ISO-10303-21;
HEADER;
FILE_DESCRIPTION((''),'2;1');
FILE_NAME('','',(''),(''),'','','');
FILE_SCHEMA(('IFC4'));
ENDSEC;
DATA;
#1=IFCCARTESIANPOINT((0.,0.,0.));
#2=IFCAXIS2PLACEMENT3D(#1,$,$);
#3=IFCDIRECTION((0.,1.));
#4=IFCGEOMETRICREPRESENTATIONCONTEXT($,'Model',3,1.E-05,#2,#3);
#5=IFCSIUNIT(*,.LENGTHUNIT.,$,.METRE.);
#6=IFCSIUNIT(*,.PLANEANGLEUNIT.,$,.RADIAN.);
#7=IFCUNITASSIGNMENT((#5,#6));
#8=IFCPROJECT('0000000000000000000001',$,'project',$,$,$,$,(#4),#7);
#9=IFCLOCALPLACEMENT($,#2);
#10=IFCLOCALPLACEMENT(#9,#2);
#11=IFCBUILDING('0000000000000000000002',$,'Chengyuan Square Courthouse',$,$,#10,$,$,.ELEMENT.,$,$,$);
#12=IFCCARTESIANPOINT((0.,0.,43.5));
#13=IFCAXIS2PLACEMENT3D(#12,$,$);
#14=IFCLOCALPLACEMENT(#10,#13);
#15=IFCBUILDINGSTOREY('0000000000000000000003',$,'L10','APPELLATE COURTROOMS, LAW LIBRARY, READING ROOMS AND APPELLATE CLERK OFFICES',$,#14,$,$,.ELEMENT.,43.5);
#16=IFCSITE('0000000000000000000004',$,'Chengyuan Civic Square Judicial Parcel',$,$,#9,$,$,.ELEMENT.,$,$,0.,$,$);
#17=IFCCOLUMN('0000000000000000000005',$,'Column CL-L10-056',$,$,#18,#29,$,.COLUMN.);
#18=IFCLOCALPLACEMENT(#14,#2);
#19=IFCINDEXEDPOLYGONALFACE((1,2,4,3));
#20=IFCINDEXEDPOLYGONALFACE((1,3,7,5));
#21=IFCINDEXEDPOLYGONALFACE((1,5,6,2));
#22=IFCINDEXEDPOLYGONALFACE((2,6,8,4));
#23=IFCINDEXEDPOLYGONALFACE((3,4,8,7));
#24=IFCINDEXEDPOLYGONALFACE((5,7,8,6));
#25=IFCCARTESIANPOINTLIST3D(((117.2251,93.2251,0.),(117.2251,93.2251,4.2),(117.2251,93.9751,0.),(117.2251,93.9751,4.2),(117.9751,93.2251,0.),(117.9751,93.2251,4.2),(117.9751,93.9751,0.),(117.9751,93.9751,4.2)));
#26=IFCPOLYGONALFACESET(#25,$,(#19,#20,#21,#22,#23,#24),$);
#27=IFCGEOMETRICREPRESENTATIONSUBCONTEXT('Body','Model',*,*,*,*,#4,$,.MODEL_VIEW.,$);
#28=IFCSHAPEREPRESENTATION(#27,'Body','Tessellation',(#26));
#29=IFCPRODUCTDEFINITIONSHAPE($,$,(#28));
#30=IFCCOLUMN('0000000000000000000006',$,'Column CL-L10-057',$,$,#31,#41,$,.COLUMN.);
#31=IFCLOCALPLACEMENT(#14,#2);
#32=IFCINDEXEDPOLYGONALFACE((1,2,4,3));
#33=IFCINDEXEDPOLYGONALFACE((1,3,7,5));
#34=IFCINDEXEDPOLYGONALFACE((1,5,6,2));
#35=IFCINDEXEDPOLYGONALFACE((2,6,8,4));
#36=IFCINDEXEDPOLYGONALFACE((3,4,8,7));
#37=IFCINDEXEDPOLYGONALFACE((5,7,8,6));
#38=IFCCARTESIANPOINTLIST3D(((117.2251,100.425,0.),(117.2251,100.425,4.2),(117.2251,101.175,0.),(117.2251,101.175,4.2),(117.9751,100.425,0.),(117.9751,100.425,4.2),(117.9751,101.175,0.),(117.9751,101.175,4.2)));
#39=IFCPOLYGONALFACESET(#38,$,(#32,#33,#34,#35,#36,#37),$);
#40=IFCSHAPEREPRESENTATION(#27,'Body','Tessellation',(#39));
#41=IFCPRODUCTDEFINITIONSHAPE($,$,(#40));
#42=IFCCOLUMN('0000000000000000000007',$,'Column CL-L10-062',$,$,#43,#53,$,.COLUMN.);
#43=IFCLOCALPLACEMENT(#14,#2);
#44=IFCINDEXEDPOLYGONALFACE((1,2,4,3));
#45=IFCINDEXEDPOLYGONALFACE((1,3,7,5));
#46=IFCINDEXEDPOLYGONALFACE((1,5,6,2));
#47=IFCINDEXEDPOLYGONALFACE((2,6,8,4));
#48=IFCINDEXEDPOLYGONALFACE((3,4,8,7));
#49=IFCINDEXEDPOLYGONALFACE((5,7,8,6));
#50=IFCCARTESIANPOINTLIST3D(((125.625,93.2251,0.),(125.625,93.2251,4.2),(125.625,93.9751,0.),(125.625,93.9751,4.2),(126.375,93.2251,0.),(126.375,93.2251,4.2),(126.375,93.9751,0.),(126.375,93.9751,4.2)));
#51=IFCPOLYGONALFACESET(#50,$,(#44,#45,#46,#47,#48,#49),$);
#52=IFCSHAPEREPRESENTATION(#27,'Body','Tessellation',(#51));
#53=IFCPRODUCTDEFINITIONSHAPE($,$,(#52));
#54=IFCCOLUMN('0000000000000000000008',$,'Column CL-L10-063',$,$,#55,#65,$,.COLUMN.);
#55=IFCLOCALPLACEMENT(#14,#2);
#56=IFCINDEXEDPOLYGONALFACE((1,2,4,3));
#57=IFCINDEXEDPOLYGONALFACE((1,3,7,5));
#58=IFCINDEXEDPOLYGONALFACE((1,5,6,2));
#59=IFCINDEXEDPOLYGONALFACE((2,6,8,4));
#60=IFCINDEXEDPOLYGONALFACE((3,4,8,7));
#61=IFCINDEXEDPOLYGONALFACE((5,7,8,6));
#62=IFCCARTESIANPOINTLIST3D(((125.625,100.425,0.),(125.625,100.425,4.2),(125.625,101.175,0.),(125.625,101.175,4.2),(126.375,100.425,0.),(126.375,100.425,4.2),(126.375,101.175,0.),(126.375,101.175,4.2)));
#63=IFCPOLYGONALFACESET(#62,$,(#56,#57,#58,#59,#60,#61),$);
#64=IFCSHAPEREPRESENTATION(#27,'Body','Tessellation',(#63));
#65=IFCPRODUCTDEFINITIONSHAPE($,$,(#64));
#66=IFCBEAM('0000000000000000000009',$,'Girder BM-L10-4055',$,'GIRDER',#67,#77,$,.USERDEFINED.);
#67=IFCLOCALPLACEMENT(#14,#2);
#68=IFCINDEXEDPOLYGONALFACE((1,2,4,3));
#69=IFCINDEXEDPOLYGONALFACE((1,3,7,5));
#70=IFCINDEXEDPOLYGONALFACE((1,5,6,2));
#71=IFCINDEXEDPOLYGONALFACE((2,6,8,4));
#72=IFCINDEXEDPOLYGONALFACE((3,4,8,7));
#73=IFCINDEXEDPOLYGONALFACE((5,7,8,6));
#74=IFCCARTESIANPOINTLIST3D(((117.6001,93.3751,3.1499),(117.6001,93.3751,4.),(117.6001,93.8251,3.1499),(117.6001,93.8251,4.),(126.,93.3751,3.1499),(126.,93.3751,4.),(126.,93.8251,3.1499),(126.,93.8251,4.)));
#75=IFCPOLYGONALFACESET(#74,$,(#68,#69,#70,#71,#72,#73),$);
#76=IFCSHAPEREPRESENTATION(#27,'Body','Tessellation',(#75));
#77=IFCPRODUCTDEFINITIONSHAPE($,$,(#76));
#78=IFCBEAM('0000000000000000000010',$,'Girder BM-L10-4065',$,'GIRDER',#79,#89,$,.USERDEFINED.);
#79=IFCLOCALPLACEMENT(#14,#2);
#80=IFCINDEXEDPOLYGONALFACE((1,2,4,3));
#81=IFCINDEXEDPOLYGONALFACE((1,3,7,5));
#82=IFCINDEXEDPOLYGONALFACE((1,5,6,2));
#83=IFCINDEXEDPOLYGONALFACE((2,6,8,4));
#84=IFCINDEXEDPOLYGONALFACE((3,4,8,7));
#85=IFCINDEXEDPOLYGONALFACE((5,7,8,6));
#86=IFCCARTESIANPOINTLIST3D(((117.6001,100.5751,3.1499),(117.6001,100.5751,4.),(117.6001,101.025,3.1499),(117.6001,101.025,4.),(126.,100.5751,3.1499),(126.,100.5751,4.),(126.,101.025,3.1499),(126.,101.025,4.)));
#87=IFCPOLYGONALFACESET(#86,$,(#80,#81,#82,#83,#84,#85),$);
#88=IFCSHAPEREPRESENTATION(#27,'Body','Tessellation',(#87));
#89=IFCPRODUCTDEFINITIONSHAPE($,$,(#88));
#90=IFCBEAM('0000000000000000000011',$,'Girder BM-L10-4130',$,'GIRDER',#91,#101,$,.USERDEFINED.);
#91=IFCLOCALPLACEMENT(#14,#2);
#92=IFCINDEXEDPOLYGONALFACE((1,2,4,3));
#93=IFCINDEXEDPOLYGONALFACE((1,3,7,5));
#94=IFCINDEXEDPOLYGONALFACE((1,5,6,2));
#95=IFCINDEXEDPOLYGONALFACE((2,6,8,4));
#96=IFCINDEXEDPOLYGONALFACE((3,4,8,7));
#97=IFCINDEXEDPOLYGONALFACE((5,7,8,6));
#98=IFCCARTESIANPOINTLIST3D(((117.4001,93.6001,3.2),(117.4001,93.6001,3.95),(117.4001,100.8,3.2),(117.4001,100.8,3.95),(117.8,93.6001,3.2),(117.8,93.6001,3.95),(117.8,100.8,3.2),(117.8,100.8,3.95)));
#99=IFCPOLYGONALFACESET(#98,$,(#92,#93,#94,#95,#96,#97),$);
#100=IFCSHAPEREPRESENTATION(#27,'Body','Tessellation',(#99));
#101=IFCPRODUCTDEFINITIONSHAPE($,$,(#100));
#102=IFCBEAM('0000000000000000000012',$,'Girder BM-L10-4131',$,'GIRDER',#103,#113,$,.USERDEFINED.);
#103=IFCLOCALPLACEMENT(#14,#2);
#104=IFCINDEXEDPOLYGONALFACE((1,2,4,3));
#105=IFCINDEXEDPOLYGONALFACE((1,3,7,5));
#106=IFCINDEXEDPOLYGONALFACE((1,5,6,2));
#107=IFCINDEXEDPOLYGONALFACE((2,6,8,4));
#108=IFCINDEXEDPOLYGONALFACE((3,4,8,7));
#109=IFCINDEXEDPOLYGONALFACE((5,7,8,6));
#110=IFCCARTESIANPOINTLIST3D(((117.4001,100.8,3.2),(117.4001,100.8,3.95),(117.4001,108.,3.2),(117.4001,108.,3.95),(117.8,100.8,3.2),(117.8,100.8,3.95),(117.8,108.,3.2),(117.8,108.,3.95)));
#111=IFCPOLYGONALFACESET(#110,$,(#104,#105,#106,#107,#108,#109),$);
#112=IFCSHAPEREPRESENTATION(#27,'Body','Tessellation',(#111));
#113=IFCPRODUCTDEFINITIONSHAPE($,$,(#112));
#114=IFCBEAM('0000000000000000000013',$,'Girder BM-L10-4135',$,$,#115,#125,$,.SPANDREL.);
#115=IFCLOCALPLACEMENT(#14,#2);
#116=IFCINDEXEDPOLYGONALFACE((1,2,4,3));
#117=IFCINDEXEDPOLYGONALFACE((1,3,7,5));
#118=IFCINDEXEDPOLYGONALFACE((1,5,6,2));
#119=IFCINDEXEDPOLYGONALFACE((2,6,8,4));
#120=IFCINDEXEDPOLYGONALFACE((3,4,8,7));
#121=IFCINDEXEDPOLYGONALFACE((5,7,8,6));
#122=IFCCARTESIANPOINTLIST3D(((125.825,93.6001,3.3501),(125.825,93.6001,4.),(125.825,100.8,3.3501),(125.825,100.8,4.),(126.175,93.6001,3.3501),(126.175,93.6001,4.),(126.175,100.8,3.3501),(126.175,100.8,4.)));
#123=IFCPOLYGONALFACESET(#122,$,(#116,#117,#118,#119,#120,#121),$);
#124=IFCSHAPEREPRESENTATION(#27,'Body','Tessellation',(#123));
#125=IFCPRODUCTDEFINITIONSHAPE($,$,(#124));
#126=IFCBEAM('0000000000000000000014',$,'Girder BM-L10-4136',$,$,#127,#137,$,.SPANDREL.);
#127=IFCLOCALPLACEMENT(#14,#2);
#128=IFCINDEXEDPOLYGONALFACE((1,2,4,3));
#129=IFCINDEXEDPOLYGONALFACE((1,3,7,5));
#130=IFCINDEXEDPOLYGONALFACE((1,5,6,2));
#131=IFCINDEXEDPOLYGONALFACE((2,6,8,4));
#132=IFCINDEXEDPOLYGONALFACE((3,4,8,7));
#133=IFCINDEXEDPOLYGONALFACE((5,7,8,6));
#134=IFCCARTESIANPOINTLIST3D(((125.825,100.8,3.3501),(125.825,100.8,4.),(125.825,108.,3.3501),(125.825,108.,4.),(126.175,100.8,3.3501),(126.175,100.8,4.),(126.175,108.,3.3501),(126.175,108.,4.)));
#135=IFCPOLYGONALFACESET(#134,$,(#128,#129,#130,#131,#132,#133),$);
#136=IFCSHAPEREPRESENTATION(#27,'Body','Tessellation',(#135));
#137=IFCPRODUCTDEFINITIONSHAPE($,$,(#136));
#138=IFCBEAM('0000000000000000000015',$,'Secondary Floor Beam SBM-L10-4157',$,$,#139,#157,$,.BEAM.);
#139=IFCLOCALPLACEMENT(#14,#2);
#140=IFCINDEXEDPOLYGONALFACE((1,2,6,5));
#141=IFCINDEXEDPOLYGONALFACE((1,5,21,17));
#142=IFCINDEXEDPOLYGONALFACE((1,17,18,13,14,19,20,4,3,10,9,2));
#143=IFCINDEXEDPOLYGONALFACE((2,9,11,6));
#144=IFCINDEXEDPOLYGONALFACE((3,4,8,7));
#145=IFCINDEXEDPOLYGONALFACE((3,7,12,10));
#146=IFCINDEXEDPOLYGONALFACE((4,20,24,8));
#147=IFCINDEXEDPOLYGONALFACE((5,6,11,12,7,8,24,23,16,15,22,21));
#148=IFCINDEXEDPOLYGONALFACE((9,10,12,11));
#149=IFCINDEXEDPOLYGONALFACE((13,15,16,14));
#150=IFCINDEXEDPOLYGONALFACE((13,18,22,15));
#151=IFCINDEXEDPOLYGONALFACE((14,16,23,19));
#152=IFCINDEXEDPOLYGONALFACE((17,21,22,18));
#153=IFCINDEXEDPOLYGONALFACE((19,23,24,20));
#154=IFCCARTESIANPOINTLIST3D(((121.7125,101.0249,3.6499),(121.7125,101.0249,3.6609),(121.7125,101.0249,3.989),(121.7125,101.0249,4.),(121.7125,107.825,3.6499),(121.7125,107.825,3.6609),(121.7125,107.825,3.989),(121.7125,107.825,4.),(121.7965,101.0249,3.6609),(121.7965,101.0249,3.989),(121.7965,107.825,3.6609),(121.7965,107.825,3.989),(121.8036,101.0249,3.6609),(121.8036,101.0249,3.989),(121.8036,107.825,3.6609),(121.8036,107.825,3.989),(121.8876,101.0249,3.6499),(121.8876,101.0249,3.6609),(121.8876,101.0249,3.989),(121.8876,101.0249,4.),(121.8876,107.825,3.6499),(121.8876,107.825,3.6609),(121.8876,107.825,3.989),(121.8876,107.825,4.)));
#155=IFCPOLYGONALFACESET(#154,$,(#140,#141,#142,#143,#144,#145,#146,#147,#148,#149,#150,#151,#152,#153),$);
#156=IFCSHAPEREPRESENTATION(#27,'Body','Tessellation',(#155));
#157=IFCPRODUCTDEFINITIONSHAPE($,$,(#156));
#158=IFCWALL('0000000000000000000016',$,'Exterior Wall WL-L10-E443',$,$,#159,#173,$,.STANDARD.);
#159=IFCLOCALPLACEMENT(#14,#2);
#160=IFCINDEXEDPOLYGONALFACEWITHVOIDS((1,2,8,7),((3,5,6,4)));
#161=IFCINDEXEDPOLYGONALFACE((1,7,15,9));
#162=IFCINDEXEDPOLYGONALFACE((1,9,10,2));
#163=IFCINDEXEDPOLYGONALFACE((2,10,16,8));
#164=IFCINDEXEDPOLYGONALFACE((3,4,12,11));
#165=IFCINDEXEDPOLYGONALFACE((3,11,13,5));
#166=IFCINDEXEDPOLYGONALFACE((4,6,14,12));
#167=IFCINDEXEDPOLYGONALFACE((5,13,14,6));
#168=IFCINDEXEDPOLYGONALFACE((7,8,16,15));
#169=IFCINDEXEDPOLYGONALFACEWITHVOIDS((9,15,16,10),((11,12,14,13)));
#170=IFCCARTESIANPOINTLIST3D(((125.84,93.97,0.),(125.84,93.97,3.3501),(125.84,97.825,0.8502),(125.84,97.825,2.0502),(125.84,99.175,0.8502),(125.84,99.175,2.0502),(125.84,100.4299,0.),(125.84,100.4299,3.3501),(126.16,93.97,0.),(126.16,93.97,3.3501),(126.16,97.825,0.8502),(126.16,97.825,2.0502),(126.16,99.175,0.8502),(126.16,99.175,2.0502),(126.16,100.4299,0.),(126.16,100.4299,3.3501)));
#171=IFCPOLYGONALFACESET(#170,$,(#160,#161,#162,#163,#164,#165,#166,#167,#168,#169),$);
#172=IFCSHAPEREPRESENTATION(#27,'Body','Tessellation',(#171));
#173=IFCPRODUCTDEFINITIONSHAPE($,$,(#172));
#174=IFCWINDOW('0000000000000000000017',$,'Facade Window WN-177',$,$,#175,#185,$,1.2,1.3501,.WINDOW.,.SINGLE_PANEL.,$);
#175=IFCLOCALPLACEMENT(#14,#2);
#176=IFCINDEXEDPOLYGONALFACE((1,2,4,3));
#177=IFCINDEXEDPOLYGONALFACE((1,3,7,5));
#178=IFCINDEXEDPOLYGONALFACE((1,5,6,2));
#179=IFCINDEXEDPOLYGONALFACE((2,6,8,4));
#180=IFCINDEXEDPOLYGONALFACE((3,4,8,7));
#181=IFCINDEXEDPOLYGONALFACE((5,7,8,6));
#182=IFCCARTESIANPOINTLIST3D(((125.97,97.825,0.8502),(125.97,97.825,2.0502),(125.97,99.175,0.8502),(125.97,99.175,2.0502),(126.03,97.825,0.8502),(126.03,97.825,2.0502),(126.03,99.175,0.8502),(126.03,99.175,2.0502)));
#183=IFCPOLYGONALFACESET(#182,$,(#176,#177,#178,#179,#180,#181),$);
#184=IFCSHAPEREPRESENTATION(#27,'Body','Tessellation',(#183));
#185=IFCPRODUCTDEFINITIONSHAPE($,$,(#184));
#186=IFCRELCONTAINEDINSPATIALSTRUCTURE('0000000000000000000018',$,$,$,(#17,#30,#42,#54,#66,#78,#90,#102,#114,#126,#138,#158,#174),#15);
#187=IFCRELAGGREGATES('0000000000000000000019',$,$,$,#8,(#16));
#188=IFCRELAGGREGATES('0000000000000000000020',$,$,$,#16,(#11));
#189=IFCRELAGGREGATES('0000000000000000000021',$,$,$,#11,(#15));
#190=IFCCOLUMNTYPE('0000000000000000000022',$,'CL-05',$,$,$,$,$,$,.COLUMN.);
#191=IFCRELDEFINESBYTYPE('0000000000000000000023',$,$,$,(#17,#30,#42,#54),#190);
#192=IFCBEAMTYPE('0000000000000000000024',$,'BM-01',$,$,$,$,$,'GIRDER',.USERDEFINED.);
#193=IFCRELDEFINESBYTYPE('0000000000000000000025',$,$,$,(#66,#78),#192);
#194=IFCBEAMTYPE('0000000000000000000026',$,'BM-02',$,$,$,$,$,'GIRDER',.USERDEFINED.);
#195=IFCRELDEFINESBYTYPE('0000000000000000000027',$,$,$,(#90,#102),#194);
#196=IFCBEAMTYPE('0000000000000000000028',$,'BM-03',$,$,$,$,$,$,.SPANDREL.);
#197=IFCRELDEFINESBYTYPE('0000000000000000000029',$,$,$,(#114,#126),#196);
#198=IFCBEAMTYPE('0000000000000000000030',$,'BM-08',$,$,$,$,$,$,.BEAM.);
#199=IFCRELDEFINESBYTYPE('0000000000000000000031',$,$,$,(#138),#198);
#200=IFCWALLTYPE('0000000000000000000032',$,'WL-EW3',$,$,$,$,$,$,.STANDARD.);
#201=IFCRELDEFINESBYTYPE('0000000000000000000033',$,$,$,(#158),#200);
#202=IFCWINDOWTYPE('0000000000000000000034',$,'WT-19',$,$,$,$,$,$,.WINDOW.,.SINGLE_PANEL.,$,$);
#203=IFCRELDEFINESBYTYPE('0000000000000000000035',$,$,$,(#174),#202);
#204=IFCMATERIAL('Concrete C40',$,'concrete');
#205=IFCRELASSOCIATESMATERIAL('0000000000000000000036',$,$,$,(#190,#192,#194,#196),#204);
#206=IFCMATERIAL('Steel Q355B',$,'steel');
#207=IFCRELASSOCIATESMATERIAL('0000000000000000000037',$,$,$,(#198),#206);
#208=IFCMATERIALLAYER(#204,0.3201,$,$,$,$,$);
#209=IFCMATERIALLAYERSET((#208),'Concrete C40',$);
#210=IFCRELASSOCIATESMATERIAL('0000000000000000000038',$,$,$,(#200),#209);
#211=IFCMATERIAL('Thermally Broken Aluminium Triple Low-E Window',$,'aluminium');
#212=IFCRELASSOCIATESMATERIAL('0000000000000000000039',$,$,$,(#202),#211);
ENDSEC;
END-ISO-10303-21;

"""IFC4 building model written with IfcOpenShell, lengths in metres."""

from ifc_helpers import new_model, si_unit, direction, frame, frame_2d, origin, origin_2d, place, context, subcontext, project, spatial, rectangle, i_section, extrude, material, layer, layer_set, material_profile, profile_set, type_object, element, fill, save


model = new_model("IFC4")

# Units and contexts
model_context = context("Model", 3, precision=1e-05, world=origin(), true_north=direction((0.0, 1.0)))
body_context = subcontext(model_context, "Body", "Model", "MODEL_VIEW")
ifc_project = project(units=[si_unit("LENGTHUNIT", "METRE"), si_unit("PLANEANGLEUNIT", "RADIAN")], contexts=[model_context])

# Site, building, storey
site_placement = place(None, origin())
site = spatial("IfcSite", under=ifc_project, at=site_placement, Name="Chengyuan Civic Square Judicial Parcel", CompositionType="ELEMENT", RefElevation=0.0)
building_placement = place(site_placement, origin())
building = spatial("IfcBuilding", under=site, at=building_placement, Name="Chengyuan Square Courthouse", CompositionType="ELEMENT")
storey_placement = place(building_placement, frame((0.0, 0.0, 43.5)))
storey = spatial("IfcBuildingStorey", under=building, at=storey_placement, Name="L10", Description="APPELLATE COURTROOMS, LAW LIBRARY, READING ROOMS AND APPELLATE CLERK OFFICES", CompositionType="ELEMENT", Elevation=43.5)

# Columns
ifc_material_1 = material(Name="Concrete C40", Category="concrete")
ifc_material_profile_1 = material_profile(ifc_material_1, rectangle(XDim=0.75, YDim=0.75, at=origin_2d()), Name="RC-COL-750x750")
ifc_profile_set_1 = profile_set([ifc_material_profile_1], Name="Concrete C40")
column_type = type_object("IfcColumnType", Name="CL-05", PredefinedType="COLUMN", material=ifc_profile_set_1)
for number, where, z_axis, x_axis, name in (
    (1, (117.6001, 93.6001, 0.0), (0.0, 0.0, 1.0), (1.0, 0.0, 0.0), "Column CL-L10-056"),
    (2, (117.6001, 100.8, 0.0), (0.0, 0.0, 1.0), (1.0, 0.0, 0.0), "Column CL-L10-057"),
    (3, (126.0, 93.6001, 0.0), (0.0, 0.0, 1.0), (1.0, 0.0, 0.0), "Column CL-L10-062"),
    (4, (126.0, 100.8, 0.0), (0.0, 0.0, 1.0), (1.0, 0.0, 0.0), "Column CL-L10-063"),
):
    element("IfcColumn", number, at=place(storey_placement, frame(where, z_axis=z_axis, x_axis=x_axis)), inside=storey, type_object=column_type, Name=name, PredefinedType="COLUMN", context=body_context, shape_type="SweptSolid", body=[
        extrude(rectangle(XDim=0.75, YDim=0.75, at=origin_2d()), origin(), (0.0, 0.0, 1.0), 4.2),
    ])

# Beams
ifc_material_profile_2 = material_profile(ifc_material_1, rectangle(XDim=0.45, YDim=0.8501, at=origin_2d()), Name="RC-BM-450x850")
ifc_profile_set_2 = profile_set([ifc_material_profile_2], Name="Concrete C40")
beam_type_1 = type_object("IfcBeamType", Name="BM-01", ElementType="GIRDER", PredefinedType="USERDEFINED", material=ifc_profile_set_2)
for number, where, z_axis, x_axis, name in (
    (5, (117.6001, 93.6001, 3.575), (1.0, 0.0, 0.0), (0.0, 1.0, 0.0), "Girder BM-L10-4055"),
    (6, (117.6001, 100.8, 3.575), (1.0, 0.0, 0.0), (0.0, 1.0, 0.0), "Girder BM-L10-4065"),
):
    element("IfcBeam", number, at=place(storey_placement, frame(where, z_axis=z_axis, x_axis=x_axis)), inside=storey, type_object=beam_type_1, Name=name, ObjectType="GIRDER", PredefinedType="USERDEFINED", context=body_context, shape_type="SweptSolid", body=[
        extrude(rectangle(XDim=0.45, YDim=0.8501, at=origin_2d()), origin(), (0.0, 0.0, 1.0), 8.3999),
    ])
ifc_material_profile_3 = material_profile(ifc_material_1, rectangle(XDim=0.3999, YDim=0.75, at=origin_2d()), Name="RC-BM-400x750")
ifc_profile_set_3 = profile_set([ifc_material_profile_3], Name="Concrete C40")
beam_type_2 = type_object("IfcBeamType", Name="BM-02", ElementType="GIRDER", PredefinedType="USERDEFINED", material=ifc_profile_set_3)
for number, where, z_axis, x_axis, name in (
    (7, (117.6001, 93.6001, 3.575), (0.0, 1.0, 0.0), (-1.0, 0.0, 0.0), "Girder BM-L10-4130"),
    (8, (117.6001, 100.8, 3.575), (0.0, 1.0, 0.0), (-1.0, 0.0, 0.0), "Girder BM-L10-4131"),
):
    element("IfcBeam", number, at=place(storey_placement, frame(where, z_axis=z_axis, x_axis=x_axis)), inside=storey, type_object=beam_type_2, Name=name, ObjectType="GIRDER", PredefinedType="USERDEFINED", context=body_context, shape_type="SweptSolid", body=[
        extrude(rectangle(XDim=0.3999, YDim=0.75, at=origin_2d()), origin(), (0.0, 0.0, 1.0), 7.2),
    ])
ifc_material_profile_4 = material_profile(ifc_material_1, rectangle(XDim=0.3501, YDim=0.6499, at=origin_2d()), Name="RC-BM-350x650")
ifc_profile_set_4 = profile_set([ifc_material_profile_4], Name="Concrete C40")
beam_type_3 = type_object("IfcBeamType", Name="BM-03", PredefinedType="SPANDREL", material=ifc_profile_set_4)
for number, where, z_axis, x_axis, name in (
    (9, (126.0, 93.6001, 3.675), (0.0, 1.0, 0.0), (-1.0, 0.0, 0.0), "Girder BM-L10-4135"),
    (10, (126.0, 100.8, 3.675), (0.0, 1.0, 0.0), (-1.0, 0.0, 0.0), "Girder BM-L10-4136"),
):
    element("IfcBeam", number, at=place(storey_placement, frame(where, z_axis=z_axis, x_axis=x_axis)), inside=storey, type_object=beam_type_3, Name=name, PredefinedType="SPANDREL", context=body_context, shape_type="SweptSolid", body=[
        extrude(rectangle(XDim=0.3501, YDim=0.6499, at=origin_2d()), origin(), (0.0, 0.0, 1.0), 7.2),
    ])
ifc_material_2 = material(Name="Steel Q355B", Category="steel")
ifc_material_profile_5 = material_profile(ifc_material_2, i_section(OverallWidth=0.175, OverallDepth=0.3501, WebThickness=0.0071, FlangeThickness=0.011, at=origin_2d()), Name="HN 350x175x7x11")
ifc_profile_set_5 = profile_set([ifc_material_profile_5], Name="Steel Q355B")
beam_type_4 = type_object("IfcBeamType", Name="BM-08", PredefinedType="BEAM", material=ifc_profile_set_5)
beam_placement = place(storey_placement, frame((121.8, 101.0249, 3.825), z_axis=(0.0, 1.0, 0.0), x_axis=(-1.0, 0.0, 0.0)))
element("IfcBeam", 11, at=beam_placement, inside=storey, type_object=beam_type_4, Name="Secondary Floor Beam SBM-L10-4157", PredefinedType="BEAM", context=body_context, shape_type="SweptSolid", body=[
    extrude(i_section(OverallWidth=0.175, OverallDepth=0.3501, WebThickness=0.0071, FlangeThickness=0.011, at=origin_2d()), origin(), (0.0, 0.0, 1.0), 6.8),
])

# Wall, opening, window
ifc_layer_1 = layer(ifc_material_1, 0.3201)
ifc_layer_set_1 = layer_set([ifc_layer_1], Name="Concrete C40")
wall_type_1 = type_object("IfcWallType", Name="WL-EW3", PredefinedType="STANDARD", material=ifc_layer_set_1)
wall_1_placement = place(storey_placement, frame((126.0, 93.97, 0.0), z_axis=(0.0, 0.0, 1.0), x_axis=(0.0, 1.0, 0.0)))
wall_1 = element("IfcWall", 12, at=wall_1_placement, inside=storey, type_object=wall_type_1, Name="Exterior Wall WL-L10-E443", PredefinedType="STANDARD", context=body_context, shape_type="SweptSolid", body=[
    extrude(rectangle(XDim=6.46, YDim=0.3201, at=frame_2d((3.23, 0.0))), origin(), (0.0, 0.0, 1.0), 3.3501),
])
opening_1_placement = place(wall_1_placement, frame((3.855, 0.0, 0.8501)))
opening_1 = element("IfcOpeningElement", 13, at=opening_1_placement, cuts=wall_1, PredefinedType="OPENING", context=body_context, shape_type="SweptSolid", body=[
    extrude(rectangle(XDim=1.3501, YDim=1.2, at=frame_2d((0.675, 0.6001))), frame((0.0, 0.1721, 0.0), z_axis=(0.0, -1.0, 0.0), x_axis=(1.0, 0.0, 0.0)), (0.0, 0.0, 1.0), 0.344),
])
ifc_material_3 = material(Name="Thermally Broken Aluminium Triple Low-E Window", Category="aluminium")
window_type = type_object("IfcWindowType", Name="WT-19", PartitioningType="SINGLE_PANEL", PredefinedType="WINDOW", material=ifc_material_3)
window_placement = place(opening_1_placement, origin())
window = element("IfcWindow", 14, at=window_placement, inside=storey, type_object=window_type, Name="Facade Window WN-177", OverallHeight=1.2, OverallWidth=1.3501, PartitioningType="SINGLE_PANEL", PredefinedType="WINDOW", context=body_context, shape_type="SweptSolid", body=[
    extrude(rectangle(XDim=1.3501, YDim=1.2, at=frame_2d((0.675, 0.6001))), frame((0.0, 0.03, 0.0), z_axis=(0.0, -1.0, 0.0), x_axis=(1.0, 0.0, 0.0)), (0.0, 0.0, 1.0), 0.0601),
])
fill(opening_1, window)

save(model, "model.ifc")
